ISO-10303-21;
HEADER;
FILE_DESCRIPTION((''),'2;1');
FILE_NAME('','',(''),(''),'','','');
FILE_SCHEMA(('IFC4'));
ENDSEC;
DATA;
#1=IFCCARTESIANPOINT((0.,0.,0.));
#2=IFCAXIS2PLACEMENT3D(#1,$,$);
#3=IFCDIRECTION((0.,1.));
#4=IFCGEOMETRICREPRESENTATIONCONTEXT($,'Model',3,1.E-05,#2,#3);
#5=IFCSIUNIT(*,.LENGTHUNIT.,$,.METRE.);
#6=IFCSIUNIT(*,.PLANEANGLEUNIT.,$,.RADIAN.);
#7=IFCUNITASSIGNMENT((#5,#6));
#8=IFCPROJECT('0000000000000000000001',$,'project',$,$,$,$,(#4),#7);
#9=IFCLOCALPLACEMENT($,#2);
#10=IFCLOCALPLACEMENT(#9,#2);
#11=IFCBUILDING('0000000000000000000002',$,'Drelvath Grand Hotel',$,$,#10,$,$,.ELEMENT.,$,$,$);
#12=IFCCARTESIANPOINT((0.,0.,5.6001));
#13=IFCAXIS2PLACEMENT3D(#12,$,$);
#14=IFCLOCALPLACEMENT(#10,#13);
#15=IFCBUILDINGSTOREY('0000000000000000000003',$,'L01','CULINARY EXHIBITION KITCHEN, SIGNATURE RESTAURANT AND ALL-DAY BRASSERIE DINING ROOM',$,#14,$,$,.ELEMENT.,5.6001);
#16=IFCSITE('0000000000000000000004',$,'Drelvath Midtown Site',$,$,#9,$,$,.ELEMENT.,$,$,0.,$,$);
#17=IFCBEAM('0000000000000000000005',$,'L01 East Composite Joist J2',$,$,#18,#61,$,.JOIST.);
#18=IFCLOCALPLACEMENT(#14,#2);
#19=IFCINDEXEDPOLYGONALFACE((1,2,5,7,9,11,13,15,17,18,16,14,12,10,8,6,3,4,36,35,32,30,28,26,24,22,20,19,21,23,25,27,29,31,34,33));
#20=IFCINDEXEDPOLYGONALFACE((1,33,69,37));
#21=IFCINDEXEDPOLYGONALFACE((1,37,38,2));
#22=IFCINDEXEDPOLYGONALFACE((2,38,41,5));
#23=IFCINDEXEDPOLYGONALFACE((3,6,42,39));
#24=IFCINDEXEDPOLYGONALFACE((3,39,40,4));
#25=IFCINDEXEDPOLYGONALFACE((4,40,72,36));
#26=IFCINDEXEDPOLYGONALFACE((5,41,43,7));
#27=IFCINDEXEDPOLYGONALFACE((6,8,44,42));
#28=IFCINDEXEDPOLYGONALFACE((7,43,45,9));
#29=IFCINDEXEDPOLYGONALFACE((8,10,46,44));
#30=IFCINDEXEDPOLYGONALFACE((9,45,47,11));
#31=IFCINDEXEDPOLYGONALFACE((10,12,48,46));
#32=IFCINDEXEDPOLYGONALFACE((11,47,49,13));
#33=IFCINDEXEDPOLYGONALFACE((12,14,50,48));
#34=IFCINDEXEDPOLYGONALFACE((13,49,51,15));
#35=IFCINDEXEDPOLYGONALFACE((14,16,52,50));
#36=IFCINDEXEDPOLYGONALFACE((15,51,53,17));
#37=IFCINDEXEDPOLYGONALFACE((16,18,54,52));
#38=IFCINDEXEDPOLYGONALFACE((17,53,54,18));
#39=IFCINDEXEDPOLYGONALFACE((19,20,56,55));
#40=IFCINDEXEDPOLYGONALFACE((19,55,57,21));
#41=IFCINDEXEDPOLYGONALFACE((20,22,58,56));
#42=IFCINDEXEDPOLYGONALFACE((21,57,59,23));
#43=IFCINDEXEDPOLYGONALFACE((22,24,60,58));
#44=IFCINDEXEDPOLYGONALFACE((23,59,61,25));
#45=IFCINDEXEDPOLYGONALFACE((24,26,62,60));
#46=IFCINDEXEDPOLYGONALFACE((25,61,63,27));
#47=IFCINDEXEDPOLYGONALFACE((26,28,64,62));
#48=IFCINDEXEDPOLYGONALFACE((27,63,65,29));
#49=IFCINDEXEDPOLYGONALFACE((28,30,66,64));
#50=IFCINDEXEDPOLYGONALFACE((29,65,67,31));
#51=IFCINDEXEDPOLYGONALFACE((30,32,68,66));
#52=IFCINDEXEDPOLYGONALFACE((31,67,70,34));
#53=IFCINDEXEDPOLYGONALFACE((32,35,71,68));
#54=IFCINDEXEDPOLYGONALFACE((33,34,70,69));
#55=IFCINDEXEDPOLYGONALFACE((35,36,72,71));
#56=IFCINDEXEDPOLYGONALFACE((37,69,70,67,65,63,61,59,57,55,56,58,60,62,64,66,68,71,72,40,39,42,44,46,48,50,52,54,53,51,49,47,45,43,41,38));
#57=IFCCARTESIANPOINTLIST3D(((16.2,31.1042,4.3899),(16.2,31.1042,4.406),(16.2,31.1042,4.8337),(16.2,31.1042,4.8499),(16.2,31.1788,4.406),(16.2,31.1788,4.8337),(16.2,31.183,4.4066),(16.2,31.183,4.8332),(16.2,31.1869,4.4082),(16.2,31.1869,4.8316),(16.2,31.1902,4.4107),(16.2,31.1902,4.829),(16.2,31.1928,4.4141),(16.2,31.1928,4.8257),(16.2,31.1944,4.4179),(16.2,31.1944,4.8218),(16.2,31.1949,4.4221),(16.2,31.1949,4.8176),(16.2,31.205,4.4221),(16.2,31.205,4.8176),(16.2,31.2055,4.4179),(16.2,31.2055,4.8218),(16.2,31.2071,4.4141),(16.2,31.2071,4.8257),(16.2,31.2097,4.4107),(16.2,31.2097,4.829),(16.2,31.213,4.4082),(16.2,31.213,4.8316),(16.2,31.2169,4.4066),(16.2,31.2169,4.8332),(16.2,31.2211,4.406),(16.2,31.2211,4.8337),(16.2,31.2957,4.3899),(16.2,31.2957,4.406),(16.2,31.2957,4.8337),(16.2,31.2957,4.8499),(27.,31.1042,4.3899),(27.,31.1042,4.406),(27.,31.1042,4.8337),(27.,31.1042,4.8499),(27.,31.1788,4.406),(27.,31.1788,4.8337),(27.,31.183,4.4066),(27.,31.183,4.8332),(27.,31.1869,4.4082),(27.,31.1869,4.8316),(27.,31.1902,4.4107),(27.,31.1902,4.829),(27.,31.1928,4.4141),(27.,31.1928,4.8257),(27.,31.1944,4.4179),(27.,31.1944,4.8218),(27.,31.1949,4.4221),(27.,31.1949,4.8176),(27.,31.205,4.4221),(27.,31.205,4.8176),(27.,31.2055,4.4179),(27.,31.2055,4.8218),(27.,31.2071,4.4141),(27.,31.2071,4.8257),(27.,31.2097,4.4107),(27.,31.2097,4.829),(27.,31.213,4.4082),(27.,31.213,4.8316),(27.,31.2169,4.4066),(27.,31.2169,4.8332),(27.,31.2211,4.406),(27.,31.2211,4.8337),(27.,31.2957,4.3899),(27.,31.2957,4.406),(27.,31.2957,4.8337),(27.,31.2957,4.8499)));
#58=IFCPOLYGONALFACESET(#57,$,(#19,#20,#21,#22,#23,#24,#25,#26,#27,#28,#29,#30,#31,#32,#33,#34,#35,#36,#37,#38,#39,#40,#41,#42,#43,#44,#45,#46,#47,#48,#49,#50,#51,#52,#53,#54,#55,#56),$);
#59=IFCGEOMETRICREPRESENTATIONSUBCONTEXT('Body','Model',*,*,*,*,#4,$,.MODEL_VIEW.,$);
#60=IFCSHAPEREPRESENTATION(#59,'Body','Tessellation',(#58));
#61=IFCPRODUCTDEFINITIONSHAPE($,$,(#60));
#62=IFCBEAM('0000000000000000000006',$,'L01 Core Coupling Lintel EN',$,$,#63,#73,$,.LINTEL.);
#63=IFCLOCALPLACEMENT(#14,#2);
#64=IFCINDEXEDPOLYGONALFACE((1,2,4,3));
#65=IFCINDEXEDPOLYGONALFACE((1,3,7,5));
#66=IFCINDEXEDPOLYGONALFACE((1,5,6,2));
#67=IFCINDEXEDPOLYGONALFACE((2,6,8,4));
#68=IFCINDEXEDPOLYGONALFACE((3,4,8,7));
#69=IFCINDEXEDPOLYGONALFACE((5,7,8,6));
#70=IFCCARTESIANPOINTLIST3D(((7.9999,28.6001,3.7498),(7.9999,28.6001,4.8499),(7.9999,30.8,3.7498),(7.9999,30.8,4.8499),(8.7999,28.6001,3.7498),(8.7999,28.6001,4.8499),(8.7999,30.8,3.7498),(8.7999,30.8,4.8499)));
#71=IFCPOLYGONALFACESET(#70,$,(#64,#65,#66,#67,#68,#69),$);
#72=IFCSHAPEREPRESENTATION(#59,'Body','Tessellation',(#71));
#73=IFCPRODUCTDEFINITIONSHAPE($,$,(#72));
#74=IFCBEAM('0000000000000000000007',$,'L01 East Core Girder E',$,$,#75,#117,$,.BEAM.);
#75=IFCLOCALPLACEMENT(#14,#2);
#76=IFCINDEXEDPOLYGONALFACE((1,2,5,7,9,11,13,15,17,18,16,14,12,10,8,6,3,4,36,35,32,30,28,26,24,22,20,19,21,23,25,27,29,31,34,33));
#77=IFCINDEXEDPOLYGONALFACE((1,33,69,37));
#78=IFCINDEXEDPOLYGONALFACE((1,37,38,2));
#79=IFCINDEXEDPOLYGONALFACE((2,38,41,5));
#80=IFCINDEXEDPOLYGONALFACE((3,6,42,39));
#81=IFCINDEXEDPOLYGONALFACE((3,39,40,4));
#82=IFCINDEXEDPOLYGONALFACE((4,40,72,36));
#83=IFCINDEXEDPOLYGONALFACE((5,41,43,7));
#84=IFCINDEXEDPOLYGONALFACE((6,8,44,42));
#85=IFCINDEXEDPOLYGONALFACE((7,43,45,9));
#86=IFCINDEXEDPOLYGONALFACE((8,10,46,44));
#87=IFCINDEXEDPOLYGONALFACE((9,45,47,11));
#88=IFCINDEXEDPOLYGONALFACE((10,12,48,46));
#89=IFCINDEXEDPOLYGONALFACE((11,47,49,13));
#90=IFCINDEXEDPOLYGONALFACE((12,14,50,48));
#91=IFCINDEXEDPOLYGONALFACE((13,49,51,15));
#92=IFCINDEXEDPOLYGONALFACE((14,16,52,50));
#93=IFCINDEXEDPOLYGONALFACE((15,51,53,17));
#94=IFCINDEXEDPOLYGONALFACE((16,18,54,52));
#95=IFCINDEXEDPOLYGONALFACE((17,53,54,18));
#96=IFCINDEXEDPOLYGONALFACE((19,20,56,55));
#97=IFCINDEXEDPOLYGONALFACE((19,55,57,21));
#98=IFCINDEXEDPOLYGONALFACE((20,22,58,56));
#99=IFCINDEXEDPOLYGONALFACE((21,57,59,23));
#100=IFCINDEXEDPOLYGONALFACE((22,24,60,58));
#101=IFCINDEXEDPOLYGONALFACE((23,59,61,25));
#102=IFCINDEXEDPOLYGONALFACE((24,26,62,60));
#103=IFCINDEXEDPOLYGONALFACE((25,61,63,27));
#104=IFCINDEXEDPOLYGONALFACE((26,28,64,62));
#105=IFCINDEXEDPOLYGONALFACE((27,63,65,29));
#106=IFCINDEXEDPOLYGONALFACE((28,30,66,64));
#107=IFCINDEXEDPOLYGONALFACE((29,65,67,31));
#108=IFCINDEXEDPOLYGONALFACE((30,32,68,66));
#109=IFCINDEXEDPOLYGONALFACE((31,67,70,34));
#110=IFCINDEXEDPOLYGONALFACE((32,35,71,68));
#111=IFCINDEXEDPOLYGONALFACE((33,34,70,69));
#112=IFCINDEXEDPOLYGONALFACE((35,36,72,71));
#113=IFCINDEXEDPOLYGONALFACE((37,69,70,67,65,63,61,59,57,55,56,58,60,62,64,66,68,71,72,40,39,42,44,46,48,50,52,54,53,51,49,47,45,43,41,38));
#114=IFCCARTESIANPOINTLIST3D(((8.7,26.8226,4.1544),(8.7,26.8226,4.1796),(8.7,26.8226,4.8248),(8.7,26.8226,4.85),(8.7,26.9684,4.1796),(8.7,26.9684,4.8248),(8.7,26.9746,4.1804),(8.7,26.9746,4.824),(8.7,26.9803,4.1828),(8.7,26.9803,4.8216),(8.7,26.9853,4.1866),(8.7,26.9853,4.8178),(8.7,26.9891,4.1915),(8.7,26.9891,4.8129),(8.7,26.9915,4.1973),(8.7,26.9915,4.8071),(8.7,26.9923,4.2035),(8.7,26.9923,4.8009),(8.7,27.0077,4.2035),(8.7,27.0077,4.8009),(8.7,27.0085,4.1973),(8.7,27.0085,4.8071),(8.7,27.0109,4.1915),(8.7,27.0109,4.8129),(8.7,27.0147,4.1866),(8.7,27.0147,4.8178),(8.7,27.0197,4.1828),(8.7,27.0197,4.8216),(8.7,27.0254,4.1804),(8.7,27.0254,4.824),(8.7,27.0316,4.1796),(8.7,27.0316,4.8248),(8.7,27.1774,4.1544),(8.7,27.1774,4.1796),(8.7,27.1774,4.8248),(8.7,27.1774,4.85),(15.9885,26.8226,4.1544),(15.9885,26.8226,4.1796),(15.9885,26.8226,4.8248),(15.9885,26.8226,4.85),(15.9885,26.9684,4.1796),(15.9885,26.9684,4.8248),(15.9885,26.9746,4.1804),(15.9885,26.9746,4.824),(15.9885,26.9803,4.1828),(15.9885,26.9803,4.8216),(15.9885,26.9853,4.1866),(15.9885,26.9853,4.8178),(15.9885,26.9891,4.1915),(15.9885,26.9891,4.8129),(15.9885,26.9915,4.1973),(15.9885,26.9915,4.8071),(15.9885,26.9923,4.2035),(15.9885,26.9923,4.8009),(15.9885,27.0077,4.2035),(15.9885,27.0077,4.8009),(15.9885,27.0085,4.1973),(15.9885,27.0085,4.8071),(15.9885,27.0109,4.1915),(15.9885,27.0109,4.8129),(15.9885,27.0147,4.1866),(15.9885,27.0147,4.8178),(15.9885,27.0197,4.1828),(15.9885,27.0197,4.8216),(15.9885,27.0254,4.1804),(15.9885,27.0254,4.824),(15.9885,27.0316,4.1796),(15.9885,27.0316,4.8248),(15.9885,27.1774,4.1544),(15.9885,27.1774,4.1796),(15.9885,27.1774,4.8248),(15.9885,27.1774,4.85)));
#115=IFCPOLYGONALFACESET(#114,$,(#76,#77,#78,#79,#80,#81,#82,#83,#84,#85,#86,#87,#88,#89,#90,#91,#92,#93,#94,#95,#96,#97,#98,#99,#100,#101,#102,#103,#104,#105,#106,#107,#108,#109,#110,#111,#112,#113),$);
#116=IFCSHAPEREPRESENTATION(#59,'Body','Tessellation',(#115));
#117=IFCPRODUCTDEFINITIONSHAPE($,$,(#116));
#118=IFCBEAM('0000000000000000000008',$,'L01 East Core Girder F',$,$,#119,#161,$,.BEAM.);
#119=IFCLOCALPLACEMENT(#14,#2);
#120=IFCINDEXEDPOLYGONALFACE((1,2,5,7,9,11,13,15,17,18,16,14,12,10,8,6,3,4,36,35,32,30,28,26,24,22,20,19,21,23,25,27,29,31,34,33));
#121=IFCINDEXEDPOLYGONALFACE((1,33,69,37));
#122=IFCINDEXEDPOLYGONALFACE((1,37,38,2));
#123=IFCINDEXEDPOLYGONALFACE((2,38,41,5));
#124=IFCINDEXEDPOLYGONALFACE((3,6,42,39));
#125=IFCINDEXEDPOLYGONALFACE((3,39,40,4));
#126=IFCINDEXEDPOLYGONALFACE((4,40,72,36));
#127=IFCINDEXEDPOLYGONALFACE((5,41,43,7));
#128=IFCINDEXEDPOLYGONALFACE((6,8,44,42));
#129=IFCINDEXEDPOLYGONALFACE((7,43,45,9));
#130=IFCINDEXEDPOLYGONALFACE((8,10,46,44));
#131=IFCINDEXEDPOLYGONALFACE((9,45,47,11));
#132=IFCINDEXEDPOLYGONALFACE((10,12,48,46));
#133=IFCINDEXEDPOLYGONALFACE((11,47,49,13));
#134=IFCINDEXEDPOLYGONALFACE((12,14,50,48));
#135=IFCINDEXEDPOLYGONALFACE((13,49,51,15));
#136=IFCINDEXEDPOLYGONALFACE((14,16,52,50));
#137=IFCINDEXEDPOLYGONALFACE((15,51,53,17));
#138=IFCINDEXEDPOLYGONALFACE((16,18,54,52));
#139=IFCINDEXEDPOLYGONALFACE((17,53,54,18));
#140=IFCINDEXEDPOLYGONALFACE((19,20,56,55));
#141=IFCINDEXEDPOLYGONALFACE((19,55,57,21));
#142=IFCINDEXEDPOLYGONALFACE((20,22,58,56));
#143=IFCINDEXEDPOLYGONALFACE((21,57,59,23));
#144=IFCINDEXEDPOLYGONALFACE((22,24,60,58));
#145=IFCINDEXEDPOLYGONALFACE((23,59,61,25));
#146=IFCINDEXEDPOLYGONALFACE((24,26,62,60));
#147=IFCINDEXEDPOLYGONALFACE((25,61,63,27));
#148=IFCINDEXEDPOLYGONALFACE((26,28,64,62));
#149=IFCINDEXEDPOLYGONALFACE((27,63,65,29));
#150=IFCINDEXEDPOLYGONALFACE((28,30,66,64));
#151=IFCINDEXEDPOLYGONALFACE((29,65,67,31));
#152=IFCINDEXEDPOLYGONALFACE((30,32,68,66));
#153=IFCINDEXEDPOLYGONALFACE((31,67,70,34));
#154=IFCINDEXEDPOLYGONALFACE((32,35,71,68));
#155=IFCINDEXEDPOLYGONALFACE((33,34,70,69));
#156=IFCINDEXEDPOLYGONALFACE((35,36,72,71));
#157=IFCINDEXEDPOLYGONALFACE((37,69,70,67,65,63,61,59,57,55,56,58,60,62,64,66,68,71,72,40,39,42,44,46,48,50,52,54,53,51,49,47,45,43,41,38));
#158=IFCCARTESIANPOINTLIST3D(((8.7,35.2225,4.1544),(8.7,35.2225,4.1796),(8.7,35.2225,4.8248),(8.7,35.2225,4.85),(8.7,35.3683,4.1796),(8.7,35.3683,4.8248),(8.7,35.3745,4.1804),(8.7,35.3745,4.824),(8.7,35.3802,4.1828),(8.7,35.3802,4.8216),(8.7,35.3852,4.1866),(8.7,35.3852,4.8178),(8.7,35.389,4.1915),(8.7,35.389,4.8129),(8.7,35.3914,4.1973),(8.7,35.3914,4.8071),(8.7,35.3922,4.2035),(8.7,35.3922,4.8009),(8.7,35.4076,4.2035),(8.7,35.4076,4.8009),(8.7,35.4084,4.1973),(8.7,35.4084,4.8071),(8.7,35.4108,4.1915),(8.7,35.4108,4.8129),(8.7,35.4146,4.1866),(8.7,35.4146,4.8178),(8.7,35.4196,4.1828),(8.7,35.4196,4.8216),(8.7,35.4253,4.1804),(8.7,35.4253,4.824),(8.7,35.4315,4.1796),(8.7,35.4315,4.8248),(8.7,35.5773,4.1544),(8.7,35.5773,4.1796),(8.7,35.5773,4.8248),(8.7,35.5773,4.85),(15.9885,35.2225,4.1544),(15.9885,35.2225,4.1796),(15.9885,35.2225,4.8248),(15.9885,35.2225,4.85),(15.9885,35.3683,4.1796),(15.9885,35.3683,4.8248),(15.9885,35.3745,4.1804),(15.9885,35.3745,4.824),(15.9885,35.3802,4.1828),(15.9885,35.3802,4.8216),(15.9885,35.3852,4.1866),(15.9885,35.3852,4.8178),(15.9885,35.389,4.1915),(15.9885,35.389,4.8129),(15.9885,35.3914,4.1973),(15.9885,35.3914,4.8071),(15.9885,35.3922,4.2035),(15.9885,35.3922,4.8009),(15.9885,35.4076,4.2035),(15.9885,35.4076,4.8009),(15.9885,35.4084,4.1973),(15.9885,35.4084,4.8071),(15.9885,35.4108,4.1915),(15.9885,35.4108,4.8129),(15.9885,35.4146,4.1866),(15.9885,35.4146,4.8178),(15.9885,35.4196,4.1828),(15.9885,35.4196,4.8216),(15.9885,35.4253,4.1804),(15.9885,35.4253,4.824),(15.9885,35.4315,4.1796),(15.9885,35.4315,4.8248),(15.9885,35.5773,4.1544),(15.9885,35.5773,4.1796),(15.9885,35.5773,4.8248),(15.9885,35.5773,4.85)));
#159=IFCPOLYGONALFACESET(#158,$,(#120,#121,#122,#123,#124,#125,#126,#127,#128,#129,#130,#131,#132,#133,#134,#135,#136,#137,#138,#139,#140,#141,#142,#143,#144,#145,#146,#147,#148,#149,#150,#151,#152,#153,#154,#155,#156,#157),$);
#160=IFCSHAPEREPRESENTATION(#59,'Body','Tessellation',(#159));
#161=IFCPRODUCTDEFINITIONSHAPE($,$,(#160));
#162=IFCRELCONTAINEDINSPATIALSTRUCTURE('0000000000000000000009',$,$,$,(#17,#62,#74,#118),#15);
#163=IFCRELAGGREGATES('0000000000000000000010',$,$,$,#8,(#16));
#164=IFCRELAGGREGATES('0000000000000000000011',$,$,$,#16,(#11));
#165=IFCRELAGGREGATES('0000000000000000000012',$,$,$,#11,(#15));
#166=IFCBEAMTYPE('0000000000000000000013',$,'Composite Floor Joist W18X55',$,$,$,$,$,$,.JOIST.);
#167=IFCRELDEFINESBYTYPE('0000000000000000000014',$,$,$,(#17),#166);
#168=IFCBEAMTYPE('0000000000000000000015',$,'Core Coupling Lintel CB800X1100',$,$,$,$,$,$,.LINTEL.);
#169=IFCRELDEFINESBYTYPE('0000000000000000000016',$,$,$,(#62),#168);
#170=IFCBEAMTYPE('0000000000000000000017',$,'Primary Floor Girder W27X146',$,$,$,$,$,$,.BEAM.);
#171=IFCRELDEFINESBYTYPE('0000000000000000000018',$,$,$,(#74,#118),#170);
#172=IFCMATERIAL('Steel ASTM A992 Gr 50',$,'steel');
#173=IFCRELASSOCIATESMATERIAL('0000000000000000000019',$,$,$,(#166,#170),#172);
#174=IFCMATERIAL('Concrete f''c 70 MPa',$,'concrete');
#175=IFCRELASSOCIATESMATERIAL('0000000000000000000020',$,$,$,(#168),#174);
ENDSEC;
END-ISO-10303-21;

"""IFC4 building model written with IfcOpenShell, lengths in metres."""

from ifc_helpers import new_model, si_unit, direction, frame, origin, origin_2d, place, context, subcontext, project, spatial, rectangle, i_section, extrude, material, material_profile, profile_set, type_object, element, save


model = new_model("IFC4")

# Units and contexts
model_context = context("Model", 3, precision=1e-05, world=origin(), true_north=direction((0.0, 1.0)))
body_context = subcontext(model_context, "Body", "Model", "MODEL_VIEW")
ifc_project = project(units=[si_unit("LENGTHUNIT", "METRE"), si_unit("PLANEANGLEUNIT", "RADIAN")], contexts=[model_context])

# Site, building, storey
site_placement = place(None, origin())
site = spatial("IfcSite", under=ifc_project, at=site_placement, Name="Drelvath Midtown Site", CompositionType="ELEMENT", RefElevation=0.0)
building_placement = place(site_placement, origin())
building = spatial("IfcBuilding", under=site, at=building_placement, Name="Drelvath Grand Hotel", CompositionType="ELEMENT")
storey_placement = place(building_placement, frame((0.0, 0.0, 5.6001)))
storey = spatial("IfcBuildingStorey", under=building, at=storey_placement, Name="L01", Description="CULINARY EXHIBITION KITCHEN, SIGNATURE RESTAURANT AND ALL-DAY BRASSERIE DINING ROOM", CompositionType="ELEMENT", Elevation=5.6001)

# Beams
ifc_material_1 = material(Name="Steel ASTM A992 Gr 50", Category="steel")
ifc_material_profile_1 = material_profile(ifc_material_1, i_section(OverallWidth=0.1914, OverallDepth=0.46, WebThickness=0.01, FlangeThickness=0.0161, FilletRadius=0.0161, at=origin_2d()), Name="W18X55")
ifc_profile_set_1 = profile_set([ifc_material_profile_1], Name="Steel ASTM A992 Gr 50")
beam_type_1 = type_object("IfcBeamType", Name="Composite Floor Joist W18X55", PredefinedType="JOIST", material=ifc_profile_set_1)
beam_1_placement = place(storey_placement, frame((16.2, 31.2, 4.6199), z_axis=(1.0, 0.0, 0.0), x_axis=(0.0, 1.0, 0.0)))
element("IfcBeam", 1, at=beam_1_placement, inside=storey, type_object=beam_type_1, Name="L01 East Composite Joist J2", PredefinedType="JOIST", context=body_context, shape_type="SweptSolid", body=[
    extrude(i_section(OverallWidth=0.1914, OverallDepth=0.46, WebThickness=0.01, FlangeThickness=0.0161, FilletRadius=0.0161, at=origin_2d()), origin(), (0.0, 0.0, 1.0), 10.8),
])
ifc_material_2 = material(Name="Concrete f'c 70 MPa", Category="concrete")
ifc_material_profile_2 = material_profile(ifc_material_2, rectangle(XDim=0.8, YDim=1.1001, at=origin_2d()), Name="CB800X1100")
ifc_profile_set_2 = profile_set([ifc_material_profile_2], Name="Concrete f'c 70 MPa")
beam_type_2 = type_object("IfcBeamType", Name="Core Coupling Lintel CB800X1100", PredefinedType="LINTEL", material=ifc_profile_set_2)
beam_2_placement = place(storey_placement, frame((8.3999, 28.6001, 4.2998), z_axis=(0.0, 1.0, 0.0), x_axis=(-1.0, 0.0, 0.0)))
element("IfcBeam", 2, at=beam_2_placement, inside=storey, type_object=beam_type_2, Name="L01 Core Coupling Lintel EN", PredefinedType="LINTEL", context=body_context, shape_type="SweptSolid", body=[
    extrude(rectangle(XDim=0.8, YDim=1.1001, at=origin_2d()), origin(), (0.0, 0.0, 1.0), 2.2),
])
ifc_material_profile_3 = material_profile(ifc_material_1, i_section(OverallWidth=0.3547, OverallDepth=0.6956, WebThickness=0.0154, FlangeThickness=0.0251, FilletRadius=0.0239, at=origin_2d()), Name="W27X146")
ifc_profile_set_3 = profile_set([ifc_material_profile_3], Name="Steel ASTM A992 Gr 50")
beam_type_3 = type_object("IfcBeamType", Name="Primary Floor Girder W27X146", PredefinedType="BEAM", material=ifc_profile_set_3)
for number, where, z_axis, x_axis, name in (
    (3, (8.7, 27.0, 4.5022), (1.0, 0.0, 0.0), (0.0, 1.0, 0.0), "L01 East Core Girder E"),
    (4, (8.7, 35.3999, 4.5022), (1.0, 0.0, 0.0), (0.0, 1.0, 0.0), "L01 East Core Girder F"),
):
    element("IfcBeam", number, at=place(storey_placement, frame(where, z_axis=z_axis, x_axis=x_axis)), inside=storey, type_object=beam_type_3, Name=name, PredefinedType="BEAM", context=body_context, shape_type="SweptSolid", body=[
        extrude(i_section(OverallWidth=0.3547, OverallDepth=0.6956, WebThickness=0.0154, FlangeThickness=0.0251, FilletRadius=0.0239, at=origin_2d()), origin(), (0.0, 0.0, 1.0), 7.2886),
    ])

save(model, "model.ifc")
